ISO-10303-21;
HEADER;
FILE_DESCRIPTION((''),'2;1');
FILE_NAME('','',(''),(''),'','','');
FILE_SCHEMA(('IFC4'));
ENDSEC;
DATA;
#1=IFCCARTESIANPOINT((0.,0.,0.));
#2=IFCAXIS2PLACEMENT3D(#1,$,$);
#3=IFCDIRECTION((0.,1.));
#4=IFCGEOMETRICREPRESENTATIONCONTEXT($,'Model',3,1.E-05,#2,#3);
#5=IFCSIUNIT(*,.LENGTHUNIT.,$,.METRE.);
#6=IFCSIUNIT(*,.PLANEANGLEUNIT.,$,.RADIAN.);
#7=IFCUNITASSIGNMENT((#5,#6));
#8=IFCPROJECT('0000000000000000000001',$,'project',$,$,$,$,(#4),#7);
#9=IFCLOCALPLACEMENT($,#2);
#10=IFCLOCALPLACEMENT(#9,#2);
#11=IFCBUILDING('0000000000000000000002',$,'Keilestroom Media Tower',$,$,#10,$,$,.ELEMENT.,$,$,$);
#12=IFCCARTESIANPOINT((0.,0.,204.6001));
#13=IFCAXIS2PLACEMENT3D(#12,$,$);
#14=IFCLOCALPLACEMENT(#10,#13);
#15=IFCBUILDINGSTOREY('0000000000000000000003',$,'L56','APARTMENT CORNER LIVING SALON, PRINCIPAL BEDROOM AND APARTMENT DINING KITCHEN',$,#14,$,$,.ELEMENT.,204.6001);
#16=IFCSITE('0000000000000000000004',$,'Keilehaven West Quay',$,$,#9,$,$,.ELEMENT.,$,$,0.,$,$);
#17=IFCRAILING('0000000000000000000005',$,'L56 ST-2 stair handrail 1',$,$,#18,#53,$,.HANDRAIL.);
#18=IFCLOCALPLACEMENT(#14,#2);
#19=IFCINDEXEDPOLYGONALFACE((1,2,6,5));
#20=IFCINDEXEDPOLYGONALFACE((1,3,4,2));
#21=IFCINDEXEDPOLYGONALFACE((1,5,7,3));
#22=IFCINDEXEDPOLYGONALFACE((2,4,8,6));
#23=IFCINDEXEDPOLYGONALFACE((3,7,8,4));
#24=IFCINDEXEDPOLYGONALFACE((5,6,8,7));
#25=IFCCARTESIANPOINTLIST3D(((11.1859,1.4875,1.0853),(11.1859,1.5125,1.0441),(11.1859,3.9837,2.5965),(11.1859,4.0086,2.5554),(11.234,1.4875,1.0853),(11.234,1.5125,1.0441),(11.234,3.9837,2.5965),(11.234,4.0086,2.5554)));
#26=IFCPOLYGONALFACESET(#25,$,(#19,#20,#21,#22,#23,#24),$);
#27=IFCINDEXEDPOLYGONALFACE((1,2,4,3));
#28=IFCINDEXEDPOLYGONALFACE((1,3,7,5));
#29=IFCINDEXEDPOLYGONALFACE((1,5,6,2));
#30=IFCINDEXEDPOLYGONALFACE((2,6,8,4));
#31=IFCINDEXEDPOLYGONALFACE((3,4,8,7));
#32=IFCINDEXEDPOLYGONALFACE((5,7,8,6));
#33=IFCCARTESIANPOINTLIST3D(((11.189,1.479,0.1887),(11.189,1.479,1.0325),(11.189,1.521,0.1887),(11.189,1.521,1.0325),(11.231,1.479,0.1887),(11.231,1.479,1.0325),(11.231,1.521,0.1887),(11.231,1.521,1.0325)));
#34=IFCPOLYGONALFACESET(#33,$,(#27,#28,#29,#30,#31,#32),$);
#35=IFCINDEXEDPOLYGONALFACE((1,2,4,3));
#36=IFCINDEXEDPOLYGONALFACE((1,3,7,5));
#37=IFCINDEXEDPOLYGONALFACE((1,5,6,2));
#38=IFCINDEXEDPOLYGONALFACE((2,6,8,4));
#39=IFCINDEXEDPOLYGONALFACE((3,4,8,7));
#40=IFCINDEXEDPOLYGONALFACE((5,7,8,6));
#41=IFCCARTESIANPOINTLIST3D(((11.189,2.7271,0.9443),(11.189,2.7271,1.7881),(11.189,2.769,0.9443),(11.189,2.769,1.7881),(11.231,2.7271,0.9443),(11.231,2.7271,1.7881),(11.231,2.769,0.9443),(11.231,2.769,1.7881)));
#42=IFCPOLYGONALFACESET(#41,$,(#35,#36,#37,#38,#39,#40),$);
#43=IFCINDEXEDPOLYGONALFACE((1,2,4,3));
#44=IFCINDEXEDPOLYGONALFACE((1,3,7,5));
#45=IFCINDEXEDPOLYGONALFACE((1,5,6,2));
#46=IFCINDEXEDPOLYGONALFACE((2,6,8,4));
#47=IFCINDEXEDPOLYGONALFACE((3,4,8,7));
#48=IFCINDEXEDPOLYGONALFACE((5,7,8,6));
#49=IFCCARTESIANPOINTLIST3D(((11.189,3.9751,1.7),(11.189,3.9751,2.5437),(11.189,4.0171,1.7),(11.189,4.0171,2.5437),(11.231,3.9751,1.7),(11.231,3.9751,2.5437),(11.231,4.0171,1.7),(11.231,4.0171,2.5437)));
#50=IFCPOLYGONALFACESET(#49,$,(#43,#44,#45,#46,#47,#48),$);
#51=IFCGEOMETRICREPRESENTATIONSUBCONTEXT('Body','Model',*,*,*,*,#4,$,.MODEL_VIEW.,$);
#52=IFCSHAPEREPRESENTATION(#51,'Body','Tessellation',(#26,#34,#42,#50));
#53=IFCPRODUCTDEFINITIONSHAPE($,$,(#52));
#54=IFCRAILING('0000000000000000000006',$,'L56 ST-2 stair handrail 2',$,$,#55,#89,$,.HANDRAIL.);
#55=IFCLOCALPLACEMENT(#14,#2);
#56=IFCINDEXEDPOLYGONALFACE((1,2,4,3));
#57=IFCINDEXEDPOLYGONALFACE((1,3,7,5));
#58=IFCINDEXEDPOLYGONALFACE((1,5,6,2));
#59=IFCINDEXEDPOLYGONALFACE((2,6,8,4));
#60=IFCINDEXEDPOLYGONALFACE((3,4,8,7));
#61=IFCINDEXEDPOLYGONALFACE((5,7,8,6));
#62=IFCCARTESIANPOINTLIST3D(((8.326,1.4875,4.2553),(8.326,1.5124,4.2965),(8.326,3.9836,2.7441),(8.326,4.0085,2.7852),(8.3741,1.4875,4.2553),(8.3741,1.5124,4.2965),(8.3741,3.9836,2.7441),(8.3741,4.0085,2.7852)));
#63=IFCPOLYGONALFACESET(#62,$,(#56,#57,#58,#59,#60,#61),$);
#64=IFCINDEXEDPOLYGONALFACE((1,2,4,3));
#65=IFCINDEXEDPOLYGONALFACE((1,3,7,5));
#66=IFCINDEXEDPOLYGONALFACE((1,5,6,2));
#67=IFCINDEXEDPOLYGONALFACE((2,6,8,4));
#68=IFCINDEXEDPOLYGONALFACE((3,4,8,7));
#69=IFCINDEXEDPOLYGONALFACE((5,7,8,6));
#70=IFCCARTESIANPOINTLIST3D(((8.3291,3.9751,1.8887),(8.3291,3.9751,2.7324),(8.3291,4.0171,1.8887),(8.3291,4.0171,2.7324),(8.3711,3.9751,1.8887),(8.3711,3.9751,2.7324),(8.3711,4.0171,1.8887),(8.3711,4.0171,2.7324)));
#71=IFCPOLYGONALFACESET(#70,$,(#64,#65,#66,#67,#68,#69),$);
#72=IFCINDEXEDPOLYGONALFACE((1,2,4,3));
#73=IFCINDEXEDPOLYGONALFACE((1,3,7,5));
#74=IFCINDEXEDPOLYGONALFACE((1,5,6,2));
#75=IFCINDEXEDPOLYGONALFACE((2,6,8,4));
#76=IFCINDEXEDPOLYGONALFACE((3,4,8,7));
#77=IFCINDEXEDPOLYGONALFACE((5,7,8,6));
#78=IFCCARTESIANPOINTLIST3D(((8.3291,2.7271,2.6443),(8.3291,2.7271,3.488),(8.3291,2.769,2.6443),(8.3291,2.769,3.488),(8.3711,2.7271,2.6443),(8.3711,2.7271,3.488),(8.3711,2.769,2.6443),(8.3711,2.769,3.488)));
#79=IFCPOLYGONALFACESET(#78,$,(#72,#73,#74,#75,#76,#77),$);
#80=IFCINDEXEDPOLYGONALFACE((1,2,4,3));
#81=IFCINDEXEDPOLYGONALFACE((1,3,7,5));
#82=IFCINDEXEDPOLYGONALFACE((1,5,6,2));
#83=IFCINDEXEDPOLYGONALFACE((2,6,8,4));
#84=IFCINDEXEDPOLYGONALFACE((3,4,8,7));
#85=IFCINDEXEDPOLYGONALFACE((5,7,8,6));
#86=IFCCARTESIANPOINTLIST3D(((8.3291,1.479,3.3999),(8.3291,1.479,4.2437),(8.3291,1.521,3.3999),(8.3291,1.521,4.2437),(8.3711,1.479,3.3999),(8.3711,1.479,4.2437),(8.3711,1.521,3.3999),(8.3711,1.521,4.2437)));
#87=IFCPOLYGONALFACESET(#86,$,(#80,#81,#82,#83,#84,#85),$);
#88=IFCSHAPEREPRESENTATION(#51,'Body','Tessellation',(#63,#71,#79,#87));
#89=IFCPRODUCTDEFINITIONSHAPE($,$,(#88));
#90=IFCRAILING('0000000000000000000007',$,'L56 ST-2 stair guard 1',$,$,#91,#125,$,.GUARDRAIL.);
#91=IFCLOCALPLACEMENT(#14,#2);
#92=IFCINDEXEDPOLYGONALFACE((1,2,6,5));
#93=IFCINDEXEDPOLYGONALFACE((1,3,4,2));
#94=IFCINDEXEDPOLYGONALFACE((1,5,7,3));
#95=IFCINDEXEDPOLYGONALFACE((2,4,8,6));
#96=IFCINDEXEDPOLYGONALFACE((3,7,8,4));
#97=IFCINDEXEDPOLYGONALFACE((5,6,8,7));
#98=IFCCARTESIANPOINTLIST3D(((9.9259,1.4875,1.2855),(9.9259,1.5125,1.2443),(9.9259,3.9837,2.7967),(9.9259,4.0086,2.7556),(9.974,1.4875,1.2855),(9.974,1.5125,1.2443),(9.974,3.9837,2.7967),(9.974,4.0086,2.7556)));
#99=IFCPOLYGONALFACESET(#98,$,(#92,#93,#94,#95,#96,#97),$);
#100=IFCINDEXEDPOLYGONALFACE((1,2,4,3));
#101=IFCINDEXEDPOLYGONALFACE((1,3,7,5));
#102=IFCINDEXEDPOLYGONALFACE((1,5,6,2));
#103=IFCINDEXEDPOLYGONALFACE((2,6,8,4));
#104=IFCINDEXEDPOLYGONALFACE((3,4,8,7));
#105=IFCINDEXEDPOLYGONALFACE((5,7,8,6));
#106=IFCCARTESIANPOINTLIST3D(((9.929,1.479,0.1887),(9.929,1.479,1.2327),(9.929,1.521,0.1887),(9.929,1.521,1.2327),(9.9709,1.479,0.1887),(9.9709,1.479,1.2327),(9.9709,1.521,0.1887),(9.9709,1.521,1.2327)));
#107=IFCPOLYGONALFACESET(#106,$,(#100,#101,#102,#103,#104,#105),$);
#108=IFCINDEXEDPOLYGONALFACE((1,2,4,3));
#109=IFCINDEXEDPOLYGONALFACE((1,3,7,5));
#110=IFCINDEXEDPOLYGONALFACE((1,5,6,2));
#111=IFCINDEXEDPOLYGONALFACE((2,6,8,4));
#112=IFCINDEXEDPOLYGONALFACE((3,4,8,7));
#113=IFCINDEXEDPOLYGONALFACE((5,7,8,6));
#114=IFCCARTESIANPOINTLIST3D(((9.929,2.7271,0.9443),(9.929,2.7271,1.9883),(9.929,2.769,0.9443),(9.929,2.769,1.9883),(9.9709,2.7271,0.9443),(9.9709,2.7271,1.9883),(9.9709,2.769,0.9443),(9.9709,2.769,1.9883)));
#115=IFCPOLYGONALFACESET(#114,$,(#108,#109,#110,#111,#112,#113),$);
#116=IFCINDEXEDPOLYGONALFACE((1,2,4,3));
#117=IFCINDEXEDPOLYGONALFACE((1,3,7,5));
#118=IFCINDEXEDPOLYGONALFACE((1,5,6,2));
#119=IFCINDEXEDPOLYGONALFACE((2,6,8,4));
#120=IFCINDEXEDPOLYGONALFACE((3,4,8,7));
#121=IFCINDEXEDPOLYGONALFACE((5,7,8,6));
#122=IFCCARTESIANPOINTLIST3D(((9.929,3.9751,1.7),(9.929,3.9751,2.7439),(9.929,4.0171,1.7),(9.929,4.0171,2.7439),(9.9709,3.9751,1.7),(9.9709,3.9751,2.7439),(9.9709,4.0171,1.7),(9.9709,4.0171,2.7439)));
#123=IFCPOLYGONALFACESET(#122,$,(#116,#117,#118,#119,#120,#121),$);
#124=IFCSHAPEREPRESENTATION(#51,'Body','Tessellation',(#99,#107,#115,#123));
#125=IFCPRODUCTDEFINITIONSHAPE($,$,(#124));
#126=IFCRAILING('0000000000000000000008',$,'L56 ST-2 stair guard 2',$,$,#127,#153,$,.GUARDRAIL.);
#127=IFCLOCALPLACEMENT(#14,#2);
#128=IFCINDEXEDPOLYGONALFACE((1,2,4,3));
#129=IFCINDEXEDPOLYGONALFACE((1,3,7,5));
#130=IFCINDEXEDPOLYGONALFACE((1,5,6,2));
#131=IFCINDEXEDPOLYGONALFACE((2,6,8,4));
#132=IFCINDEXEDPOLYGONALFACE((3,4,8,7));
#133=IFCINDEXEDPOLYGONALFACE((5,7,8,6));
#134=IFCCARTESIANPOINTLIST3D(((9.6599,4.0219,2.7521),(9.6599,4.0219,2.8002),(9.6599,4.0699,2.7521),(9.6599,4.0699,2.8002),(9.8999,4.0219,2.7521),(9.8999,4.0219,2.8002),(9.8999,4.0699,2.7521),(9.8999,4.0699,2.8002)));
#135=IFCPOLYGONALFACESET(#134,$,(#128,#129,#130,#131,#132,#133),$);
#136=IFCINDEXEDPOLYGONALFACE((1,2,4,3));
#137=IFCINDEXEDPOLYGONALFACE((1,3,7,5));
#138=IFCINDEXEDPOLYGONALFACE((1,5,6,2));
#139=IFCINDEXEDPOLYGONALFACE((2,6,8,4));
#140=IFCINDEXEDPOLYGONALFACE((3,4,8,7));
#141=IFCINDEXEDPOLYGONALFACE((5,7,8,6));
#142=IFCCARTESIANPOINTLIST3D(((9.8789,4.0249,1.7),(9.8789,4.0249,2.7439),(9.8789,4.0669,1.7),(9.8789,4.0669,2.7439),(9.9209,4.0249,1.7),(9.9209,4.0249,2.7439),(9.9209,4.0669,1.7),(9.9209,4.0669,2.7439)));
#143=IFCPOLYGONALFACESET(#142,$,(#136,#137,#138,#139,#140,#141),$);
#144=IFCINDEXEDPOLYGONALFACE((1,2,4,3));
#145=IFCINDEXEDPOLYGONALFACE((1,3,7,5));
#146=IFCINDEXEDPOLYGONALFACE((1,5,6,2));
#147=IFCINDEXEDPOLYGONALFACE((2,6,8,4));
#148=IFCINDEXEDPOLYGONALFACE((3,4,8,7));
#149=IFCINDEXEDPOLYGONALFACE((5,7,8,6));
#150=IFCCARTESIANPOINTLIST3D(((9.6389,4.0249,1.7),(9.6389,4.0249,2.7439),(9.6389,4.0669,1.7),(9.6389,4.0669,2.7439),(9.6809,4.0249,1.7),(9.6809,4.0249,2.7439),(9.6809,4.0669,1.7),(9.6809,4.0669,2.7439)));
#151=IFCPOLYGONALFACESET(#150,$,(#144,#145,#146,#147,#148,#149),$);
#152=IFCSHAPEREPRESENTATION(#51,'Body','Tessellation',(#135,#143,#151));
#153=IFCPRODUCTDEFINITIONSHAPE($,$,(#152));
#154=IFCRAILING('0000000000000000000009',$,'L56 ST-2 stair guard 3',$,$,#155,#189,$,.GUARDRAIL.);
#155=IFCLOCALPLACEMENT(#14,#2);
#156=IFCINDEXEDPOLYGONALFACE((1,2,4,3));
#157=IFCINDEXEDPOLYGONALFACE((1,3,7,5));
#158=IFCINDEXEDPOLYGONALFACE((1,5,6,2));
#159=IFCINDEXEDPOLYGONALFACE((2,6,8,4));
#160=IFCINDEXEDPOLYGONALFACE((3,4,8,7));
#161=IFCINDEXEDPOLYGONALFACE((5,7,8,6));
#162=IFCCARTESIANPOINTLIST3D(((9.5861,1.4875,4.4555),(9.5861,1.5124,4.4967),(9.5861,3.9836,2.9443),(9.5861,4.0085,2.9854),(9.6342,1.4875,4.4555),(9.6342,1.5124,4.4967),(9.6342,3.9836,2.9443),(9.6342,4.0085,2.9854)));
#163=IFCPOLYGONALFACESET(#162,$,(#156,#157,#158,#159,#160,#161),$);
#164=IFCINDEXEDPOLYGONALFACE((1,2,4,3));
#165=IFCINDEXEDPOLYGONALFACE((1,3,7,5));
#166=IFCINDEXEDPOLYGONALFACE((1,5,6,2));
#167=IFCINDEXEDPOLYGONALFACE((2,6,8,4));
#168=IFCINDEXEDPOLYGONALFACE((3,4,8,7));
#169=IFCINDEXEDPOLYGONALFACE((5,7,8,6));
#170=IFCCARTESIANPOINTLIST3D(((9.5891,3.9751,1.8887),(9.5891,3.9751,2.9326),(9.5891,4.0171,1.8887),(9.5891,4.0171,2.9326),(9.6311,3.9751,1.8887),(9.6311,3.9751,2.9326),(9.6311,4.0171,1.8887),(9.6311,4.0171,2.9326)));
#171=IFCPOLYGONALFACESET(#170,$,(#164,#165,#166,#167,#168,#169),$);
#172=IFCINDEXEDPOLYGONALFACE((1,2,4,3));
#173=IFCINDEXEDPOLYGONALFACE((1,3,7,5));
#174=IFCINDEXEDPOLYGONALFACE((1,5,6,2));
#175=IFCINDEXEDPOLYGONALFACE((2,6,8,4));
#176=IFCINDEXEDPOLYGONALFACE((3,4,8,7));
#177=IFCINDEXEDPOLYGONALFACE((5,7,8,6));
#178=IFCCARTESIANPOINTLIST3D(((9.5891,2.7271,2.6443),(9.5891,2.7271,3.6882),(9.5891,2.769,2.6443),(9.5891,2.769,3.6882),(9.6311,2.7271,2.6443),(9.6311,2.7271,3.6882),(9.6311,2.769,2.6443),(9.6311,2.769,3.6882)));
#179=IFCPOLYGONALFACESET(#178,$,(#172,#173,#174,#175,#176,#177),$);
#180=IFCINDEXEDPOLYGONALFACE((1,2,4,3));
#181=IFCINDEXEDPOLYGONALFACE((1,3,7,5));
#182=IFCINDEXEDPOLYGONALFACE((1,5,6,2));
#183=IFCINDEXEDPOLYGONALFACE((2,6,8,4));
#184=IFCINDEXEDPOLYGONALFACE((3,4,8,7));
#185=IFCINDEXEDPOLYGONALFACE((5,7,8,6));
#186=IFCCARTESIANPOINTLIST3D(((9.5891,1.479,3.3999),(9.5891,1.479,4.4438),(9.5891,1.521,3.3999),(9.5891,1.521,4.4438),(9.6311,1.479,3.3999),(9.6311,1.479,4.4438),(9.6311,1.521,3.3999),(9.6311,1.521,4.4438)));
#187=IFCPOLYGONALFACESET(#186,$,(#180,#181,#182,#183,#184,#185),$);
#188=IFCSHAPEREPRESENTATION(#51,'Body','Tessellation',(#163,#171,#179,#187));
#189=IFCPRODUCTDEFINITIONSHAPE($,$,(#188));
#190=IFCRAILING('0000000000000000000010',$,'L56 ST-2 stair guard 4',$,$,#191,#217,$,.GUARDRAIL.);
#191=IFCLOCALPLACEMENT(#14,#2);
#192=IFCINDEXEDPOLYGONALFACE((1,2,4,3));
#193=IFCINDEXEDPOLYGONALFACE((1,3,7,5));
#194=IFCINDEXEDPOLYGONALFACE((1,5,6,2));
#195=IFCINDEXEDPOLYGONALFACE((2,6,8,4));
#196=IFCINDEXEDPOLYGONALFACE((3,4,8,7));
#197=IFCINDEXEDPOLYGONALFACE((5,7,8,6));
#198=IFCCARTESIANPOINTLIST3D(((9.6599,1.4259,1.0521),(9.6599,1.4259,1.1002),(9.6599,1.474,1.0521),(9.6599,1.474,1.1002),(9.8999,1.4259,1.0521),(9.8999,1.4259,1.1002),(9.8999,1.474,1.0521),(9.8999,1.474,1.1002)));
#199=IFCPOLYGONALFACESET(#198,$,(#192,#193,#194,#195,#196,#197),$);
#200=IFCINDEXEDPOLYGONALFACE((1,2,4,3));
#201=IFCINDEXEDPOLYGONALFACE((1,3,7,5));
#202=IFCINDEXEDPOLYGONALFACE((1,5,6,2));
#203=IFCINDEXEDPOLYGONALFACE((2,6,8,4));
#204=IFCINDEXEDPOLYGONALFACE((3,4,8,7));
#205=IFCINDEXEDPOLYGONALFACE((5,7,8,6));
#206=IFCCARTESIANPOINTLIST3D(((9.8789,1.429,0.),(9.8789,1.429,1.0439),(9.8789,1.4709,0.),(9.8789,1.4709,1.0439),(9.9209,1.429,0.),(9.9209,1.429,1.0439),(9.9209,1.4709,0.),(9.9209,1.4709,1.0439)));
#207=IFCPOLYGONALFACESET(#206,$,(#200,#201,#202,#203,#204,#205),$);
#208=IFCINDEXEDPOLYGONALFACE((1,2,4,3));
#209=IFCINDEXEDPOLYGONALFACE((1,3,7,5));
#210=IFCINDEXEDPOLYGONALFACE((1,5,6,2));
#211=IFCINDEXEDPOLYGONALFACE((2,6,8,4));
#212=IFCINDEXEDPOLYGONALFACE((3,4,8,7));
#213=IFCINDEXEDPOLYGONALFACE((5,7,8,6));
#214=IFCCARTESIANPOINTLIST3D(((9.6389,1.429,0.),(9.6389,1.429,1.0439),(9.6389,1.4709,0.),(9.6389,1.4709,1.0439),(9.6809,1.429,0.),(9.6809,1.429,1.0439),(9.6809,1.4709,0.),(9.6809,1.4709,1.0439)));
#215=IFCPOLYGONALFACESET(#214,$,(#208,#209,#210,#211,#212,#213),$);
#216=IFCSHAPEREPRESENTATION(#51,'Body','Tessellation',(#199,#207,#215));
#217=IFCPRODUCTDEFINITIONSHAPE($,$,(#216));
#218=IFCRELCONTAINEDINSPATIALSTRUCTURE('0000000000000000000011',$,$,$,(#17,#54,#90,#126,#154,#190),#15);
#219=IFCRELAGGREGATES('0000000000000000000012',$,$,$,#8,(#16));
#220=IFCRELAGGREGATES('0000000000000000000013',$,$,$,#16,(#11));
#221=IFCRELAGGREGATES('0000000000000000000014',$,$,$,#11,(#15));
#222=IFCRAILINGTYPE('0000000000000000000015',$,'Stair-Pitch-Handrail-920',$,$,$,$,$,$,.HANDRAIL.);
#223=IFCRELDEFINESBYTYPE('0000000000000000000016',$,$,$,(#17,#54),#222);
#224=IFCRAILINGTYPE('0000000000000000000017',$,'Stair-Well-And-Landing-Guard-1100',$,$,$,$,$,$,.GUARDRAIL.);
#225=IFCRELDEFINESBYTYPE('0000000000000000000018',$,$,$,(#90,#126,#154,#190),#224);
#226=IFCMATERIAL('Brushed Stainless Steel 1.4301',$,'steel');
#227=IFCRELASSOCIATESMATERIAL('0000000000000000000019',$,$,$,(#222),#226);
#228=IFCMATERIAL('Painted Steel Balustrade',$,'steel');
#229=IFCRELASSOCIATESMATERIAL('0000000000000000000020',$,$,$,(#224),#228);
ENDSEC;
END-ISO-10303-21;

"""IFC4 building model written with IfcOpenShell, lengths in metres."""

from ifc_helpers import new_model, si_unit, direction, frame, origin, origin_2d, place, context, subcontext, project, spatial, rectangle, extrude, material, type_object, element, save


model = new_model("IFC4")

# Units and contexts
model_context = context("Model", 3, precision=1e-05, world=origin(), true_north=direction((0.0, 1.0)))
body_context = subcontext(model_context, "Body", "Model", "MODEL_VIEW")
ifc_project = project(units=[si_unit("LENGTHUNIT", "METRE"), si_unit("PLANEANGLEUNIT", "RADIAN")], contexts=[model_context])

# Site, building, storey
site_placement = place(None, origin())
site = spatial("IfcSite", under=ifc_project, at=site_placement, Name="Keilehaven West Quay", CompositionType="ELEMENT", RefElevation=0.0)
building_placement = place(site_placement, origin())
building = spatial("IfcBuilding", under=site, at=building_placement, Name="Keilestroom Media Tower", CompositionType="ELEMENT")
storey_placement = place(building_placement, frame((0.0, 0.0, 204.6001)))
storey = spatial("IfcBuildingStorey", under=building, at=storey_placement, Name="L56", Description="APARTMENT CORNER LIVING SALON, PRINCIPAL BEDROOM AND APARTMENT DINING KITCHEN", CompositionType="ELEMENT", Elevation=204.6001)

# Railings
ifc_material_1 = material(Name="Brushed Stainless Steel 1.4301", Category="steel")
railing_type_1 = type_object("IfcRailingType", Name="Stair-Pitch-Handrail-920", PredefinedType="HANDRAIL", material=ifc_material_1)
railing_1_placement = place(storey_placement, frame((11.21, 1.5, 0.1887)))
element("IfcRailing", 1, at=railing_1_placement, inside=storey, type_object=railing_type_1, Name="L56 ST-2 stair handrail 1", PredefinedType="HANDRAIL", context=body_context, shape_type="SweptSolid", body=[
    extrude(rectangle(XDim=0.0481, YDim=0.0481, at=origin_2d()), frame((0.0, 0.0, 0.876), z_axis=(0.0, 0.855434, 0.517912), x_axis=(-1.0, 0.0, 0.0)), (0.0, 0.0, 1.0), 2.918),
    extrude(rectangle(XDim=0.042, YDim=0.042, at=origin_2d()), origin(), (0.0, 0.0, 1.0), 0.8438),
    extrude(rectangle(XDim=0.042, YDim=0.042, at=origin_2d()), frame((0.0, 1.248, 0.7556)), (0.0, 0.0, 1.0), 0.8438),
    extrude(rectangle(XDim=0.042, YDim=0.042, at=origin_2d()), frame((0.0, 2.4961, 1.5112)), (0.0, 0.0, 1.0), 0.8438),
])
railing_2_placement = place(storey_placement, frame((8.3501, 3.9961, 1.8887)))
element("IfcRailing", 2, at=railing_2_placement, inside=storey, type_object=railing_type_1, Name="L56 ST-2 stair handrail 2", PredefinedType="HANDRAIL", context=body_context, shape_type="SweptSolid", body=[
    extrude(rectangle(XDim=0.0481, YDim=0.0481, at=origin_2d()), frame((0.0, 0.0, 0.876), z_axis=(0.0, -0.855434, 0.517912), x_axis=(1.0, 0.0, 0.0)), (0.0, 0.0, 1.0), 2.918),
    extrude(rectangle(XDim=0.042, YDim=0.042, at=origin_2d()), origin(), (0.0, 0.0, 1.0), 0.8438),
    extrude(rectangle(XDim=0.042, YDim=0.042, at=origin_2d()), frame((0.0, -1.248, 0.7556)), (0.0, 0.0, 1.0), 0.8438),
    extrude(rectangle(XDim=0.042, YDim=0.042, at=origin_2d()), frame((0.0, -2.4961, 1.5112)), (0.0, 0.0, 1.0), 0.8438),
])
ifc_material_2 = material(Name="Painted Steel Balustrade", Category="steel")
railing_type_2 = type_object("IfcRailingType", Name="Stair-Well-And-Landing-Guard-1100", PredefinedType="GUARDRAIL", material=ifc_material_2)
railing_3_placement = place(storey_placement, frame((9.95, 1.5, 0.1887)))
element("IfcRailing", 3, at=railing_3_placement, inside=storey, type_object=railing_type_2, Name="L56 ST-2 stair guard 1", PredefinedType="GUARDRAIL", context=body_context, shape_type="SweptSolid", body=[
    extrude(rectangle(XDim=0.0481, YDim=0.0481, at=origin_2d()), frame((0.0, 0.0, 1.0762), z_axis=(0.0, 0.855434, 0.517912), x_axis=(-1.0, 0.0, 0.0)), (0.0, 0.0, 1.0), 2.918),
    extrude(rectangle(XDim=0.042, YDim=0.042, at=origin_2d()), origin(), (0.0, 0.0, 1.0), 1.0439),
    extrude(rectangle(XDim=0.042, YDim=0.042, at=origin_2d()), frame((0.0, 1.248, 0.7556)), (0.0, 0.0, 1.0), 1.0439),
    extrude(rectangle(XDim=0.042, YDim=0.042, at=origin_2d()), frame((0.0, 2.4961, 1.5112)), (0.0, 0.0, 1.0), 1.0439),
])
railing_4_placement = place(storey_placement, frame((9.8999, 4.0459, 1.7)))
element("IfcRailing", 4, at=railing_4_placement, inside=storey, type_object=railing_type_2, Name="L56 ST-2 stair guard 2", PredefinedType="GUARDRAIL", context=body_context, shape_type="SweptSolid", body=[
    extrude(rectangle(XDim=0.0481, YDim=0.0481, at=origin_2d()), frame((0.0, 0.0, 1.0762), z_axis=(-1.0, 0.0, 0.0), x_axis=(0.0, -1.0, 0.0)), (0.0, 0.0, 1.0), 0.24),
    extrude(rectangle(XDim=0.042, YDim=0.042, at=origin_2d()), origin(), (0.0, 0.0, 1.0), 1.0439),
    extrude(rectangle(XDim=0.042, YDim=0.042, at=origin_2d()), frame((-0.24, 0.0, 0.0)), (0.0, 0.0, 1.0), 1.0439),
])
railing_5_placement = place(storey_placement, frame((9.6101, 3.9961, 1.8887)))
element("IfcRailing", 5, at=railing_5_placement, inside=storey, type_object=railing_type_2, Name="L56 ST-2 stair guard 3", PredefinedType="GUARDRAIL", context=body_context, shape_type="SweptSolid", body=[
    extrude(rectangle(XDim=0.0481, YDim=0.0481, at=origin_2d()), frame((0.0, 0.0, 1.0762), z_axis=(0.0, -0.855434, 0.517912), x_axis=(1.0, 0.0, 0.0)), (0.0, 0.0, 1.0), 2.918),
    extrude(rectangle(XDim=0.042, YDim=0.042, at=origin_2d()), origin(), (0.0, 0.0, 1.0), 1.0439),
    extrude(rectangle(XDim=0.042, YDim=0.042, at=origin_2d()), frame((0.0, -1.248, 0.7556)), (0.0, 0.0, 1.0), 1.0439),
    extrude(rectangle(XDim=0.042, YDim=0.042, at=origin_2d()), frame((0.0, -2.4961, 1.5112)), (0.0, 0.0, 1.0), 1.0439),
])
railing_6_placement = place(storey_placement, frame((9.8999, 1.45, 0.0)))
element("IfcRailing", 6, at=railing_6_placement, inside=storey, type_object=railing_type_2, Name="L56 ST-2 stair guard 4", PredefinedType="GUARDRAIL", context=body_context, shape_type="SweptSolid", body=[
    extrude(rectangle(XDim=0.0481, YDim=0.0481, at=origin_2d()), frame((0.0, 0.0, 1.0762), z_axis=(-1.0, 0.0, 0.0), x_axis=(0.0, -1.0, 0.0)), (0.0, 0.0, 1.0), 0.24),
    extrude(rectangle(XDim=0.042, YDim=0.042, at=origin_2d()), origin(), (0.0, 0.0, 1.0), 1.0439),
    extrude(rectangle(XDim=0.042, YDim=0.042, at=origin_2d()), frame((-0.24, 0.0, 0.0)), (0.0, 0.0, 1.0), 1.0439),
])

save(model, "model.ifc")
